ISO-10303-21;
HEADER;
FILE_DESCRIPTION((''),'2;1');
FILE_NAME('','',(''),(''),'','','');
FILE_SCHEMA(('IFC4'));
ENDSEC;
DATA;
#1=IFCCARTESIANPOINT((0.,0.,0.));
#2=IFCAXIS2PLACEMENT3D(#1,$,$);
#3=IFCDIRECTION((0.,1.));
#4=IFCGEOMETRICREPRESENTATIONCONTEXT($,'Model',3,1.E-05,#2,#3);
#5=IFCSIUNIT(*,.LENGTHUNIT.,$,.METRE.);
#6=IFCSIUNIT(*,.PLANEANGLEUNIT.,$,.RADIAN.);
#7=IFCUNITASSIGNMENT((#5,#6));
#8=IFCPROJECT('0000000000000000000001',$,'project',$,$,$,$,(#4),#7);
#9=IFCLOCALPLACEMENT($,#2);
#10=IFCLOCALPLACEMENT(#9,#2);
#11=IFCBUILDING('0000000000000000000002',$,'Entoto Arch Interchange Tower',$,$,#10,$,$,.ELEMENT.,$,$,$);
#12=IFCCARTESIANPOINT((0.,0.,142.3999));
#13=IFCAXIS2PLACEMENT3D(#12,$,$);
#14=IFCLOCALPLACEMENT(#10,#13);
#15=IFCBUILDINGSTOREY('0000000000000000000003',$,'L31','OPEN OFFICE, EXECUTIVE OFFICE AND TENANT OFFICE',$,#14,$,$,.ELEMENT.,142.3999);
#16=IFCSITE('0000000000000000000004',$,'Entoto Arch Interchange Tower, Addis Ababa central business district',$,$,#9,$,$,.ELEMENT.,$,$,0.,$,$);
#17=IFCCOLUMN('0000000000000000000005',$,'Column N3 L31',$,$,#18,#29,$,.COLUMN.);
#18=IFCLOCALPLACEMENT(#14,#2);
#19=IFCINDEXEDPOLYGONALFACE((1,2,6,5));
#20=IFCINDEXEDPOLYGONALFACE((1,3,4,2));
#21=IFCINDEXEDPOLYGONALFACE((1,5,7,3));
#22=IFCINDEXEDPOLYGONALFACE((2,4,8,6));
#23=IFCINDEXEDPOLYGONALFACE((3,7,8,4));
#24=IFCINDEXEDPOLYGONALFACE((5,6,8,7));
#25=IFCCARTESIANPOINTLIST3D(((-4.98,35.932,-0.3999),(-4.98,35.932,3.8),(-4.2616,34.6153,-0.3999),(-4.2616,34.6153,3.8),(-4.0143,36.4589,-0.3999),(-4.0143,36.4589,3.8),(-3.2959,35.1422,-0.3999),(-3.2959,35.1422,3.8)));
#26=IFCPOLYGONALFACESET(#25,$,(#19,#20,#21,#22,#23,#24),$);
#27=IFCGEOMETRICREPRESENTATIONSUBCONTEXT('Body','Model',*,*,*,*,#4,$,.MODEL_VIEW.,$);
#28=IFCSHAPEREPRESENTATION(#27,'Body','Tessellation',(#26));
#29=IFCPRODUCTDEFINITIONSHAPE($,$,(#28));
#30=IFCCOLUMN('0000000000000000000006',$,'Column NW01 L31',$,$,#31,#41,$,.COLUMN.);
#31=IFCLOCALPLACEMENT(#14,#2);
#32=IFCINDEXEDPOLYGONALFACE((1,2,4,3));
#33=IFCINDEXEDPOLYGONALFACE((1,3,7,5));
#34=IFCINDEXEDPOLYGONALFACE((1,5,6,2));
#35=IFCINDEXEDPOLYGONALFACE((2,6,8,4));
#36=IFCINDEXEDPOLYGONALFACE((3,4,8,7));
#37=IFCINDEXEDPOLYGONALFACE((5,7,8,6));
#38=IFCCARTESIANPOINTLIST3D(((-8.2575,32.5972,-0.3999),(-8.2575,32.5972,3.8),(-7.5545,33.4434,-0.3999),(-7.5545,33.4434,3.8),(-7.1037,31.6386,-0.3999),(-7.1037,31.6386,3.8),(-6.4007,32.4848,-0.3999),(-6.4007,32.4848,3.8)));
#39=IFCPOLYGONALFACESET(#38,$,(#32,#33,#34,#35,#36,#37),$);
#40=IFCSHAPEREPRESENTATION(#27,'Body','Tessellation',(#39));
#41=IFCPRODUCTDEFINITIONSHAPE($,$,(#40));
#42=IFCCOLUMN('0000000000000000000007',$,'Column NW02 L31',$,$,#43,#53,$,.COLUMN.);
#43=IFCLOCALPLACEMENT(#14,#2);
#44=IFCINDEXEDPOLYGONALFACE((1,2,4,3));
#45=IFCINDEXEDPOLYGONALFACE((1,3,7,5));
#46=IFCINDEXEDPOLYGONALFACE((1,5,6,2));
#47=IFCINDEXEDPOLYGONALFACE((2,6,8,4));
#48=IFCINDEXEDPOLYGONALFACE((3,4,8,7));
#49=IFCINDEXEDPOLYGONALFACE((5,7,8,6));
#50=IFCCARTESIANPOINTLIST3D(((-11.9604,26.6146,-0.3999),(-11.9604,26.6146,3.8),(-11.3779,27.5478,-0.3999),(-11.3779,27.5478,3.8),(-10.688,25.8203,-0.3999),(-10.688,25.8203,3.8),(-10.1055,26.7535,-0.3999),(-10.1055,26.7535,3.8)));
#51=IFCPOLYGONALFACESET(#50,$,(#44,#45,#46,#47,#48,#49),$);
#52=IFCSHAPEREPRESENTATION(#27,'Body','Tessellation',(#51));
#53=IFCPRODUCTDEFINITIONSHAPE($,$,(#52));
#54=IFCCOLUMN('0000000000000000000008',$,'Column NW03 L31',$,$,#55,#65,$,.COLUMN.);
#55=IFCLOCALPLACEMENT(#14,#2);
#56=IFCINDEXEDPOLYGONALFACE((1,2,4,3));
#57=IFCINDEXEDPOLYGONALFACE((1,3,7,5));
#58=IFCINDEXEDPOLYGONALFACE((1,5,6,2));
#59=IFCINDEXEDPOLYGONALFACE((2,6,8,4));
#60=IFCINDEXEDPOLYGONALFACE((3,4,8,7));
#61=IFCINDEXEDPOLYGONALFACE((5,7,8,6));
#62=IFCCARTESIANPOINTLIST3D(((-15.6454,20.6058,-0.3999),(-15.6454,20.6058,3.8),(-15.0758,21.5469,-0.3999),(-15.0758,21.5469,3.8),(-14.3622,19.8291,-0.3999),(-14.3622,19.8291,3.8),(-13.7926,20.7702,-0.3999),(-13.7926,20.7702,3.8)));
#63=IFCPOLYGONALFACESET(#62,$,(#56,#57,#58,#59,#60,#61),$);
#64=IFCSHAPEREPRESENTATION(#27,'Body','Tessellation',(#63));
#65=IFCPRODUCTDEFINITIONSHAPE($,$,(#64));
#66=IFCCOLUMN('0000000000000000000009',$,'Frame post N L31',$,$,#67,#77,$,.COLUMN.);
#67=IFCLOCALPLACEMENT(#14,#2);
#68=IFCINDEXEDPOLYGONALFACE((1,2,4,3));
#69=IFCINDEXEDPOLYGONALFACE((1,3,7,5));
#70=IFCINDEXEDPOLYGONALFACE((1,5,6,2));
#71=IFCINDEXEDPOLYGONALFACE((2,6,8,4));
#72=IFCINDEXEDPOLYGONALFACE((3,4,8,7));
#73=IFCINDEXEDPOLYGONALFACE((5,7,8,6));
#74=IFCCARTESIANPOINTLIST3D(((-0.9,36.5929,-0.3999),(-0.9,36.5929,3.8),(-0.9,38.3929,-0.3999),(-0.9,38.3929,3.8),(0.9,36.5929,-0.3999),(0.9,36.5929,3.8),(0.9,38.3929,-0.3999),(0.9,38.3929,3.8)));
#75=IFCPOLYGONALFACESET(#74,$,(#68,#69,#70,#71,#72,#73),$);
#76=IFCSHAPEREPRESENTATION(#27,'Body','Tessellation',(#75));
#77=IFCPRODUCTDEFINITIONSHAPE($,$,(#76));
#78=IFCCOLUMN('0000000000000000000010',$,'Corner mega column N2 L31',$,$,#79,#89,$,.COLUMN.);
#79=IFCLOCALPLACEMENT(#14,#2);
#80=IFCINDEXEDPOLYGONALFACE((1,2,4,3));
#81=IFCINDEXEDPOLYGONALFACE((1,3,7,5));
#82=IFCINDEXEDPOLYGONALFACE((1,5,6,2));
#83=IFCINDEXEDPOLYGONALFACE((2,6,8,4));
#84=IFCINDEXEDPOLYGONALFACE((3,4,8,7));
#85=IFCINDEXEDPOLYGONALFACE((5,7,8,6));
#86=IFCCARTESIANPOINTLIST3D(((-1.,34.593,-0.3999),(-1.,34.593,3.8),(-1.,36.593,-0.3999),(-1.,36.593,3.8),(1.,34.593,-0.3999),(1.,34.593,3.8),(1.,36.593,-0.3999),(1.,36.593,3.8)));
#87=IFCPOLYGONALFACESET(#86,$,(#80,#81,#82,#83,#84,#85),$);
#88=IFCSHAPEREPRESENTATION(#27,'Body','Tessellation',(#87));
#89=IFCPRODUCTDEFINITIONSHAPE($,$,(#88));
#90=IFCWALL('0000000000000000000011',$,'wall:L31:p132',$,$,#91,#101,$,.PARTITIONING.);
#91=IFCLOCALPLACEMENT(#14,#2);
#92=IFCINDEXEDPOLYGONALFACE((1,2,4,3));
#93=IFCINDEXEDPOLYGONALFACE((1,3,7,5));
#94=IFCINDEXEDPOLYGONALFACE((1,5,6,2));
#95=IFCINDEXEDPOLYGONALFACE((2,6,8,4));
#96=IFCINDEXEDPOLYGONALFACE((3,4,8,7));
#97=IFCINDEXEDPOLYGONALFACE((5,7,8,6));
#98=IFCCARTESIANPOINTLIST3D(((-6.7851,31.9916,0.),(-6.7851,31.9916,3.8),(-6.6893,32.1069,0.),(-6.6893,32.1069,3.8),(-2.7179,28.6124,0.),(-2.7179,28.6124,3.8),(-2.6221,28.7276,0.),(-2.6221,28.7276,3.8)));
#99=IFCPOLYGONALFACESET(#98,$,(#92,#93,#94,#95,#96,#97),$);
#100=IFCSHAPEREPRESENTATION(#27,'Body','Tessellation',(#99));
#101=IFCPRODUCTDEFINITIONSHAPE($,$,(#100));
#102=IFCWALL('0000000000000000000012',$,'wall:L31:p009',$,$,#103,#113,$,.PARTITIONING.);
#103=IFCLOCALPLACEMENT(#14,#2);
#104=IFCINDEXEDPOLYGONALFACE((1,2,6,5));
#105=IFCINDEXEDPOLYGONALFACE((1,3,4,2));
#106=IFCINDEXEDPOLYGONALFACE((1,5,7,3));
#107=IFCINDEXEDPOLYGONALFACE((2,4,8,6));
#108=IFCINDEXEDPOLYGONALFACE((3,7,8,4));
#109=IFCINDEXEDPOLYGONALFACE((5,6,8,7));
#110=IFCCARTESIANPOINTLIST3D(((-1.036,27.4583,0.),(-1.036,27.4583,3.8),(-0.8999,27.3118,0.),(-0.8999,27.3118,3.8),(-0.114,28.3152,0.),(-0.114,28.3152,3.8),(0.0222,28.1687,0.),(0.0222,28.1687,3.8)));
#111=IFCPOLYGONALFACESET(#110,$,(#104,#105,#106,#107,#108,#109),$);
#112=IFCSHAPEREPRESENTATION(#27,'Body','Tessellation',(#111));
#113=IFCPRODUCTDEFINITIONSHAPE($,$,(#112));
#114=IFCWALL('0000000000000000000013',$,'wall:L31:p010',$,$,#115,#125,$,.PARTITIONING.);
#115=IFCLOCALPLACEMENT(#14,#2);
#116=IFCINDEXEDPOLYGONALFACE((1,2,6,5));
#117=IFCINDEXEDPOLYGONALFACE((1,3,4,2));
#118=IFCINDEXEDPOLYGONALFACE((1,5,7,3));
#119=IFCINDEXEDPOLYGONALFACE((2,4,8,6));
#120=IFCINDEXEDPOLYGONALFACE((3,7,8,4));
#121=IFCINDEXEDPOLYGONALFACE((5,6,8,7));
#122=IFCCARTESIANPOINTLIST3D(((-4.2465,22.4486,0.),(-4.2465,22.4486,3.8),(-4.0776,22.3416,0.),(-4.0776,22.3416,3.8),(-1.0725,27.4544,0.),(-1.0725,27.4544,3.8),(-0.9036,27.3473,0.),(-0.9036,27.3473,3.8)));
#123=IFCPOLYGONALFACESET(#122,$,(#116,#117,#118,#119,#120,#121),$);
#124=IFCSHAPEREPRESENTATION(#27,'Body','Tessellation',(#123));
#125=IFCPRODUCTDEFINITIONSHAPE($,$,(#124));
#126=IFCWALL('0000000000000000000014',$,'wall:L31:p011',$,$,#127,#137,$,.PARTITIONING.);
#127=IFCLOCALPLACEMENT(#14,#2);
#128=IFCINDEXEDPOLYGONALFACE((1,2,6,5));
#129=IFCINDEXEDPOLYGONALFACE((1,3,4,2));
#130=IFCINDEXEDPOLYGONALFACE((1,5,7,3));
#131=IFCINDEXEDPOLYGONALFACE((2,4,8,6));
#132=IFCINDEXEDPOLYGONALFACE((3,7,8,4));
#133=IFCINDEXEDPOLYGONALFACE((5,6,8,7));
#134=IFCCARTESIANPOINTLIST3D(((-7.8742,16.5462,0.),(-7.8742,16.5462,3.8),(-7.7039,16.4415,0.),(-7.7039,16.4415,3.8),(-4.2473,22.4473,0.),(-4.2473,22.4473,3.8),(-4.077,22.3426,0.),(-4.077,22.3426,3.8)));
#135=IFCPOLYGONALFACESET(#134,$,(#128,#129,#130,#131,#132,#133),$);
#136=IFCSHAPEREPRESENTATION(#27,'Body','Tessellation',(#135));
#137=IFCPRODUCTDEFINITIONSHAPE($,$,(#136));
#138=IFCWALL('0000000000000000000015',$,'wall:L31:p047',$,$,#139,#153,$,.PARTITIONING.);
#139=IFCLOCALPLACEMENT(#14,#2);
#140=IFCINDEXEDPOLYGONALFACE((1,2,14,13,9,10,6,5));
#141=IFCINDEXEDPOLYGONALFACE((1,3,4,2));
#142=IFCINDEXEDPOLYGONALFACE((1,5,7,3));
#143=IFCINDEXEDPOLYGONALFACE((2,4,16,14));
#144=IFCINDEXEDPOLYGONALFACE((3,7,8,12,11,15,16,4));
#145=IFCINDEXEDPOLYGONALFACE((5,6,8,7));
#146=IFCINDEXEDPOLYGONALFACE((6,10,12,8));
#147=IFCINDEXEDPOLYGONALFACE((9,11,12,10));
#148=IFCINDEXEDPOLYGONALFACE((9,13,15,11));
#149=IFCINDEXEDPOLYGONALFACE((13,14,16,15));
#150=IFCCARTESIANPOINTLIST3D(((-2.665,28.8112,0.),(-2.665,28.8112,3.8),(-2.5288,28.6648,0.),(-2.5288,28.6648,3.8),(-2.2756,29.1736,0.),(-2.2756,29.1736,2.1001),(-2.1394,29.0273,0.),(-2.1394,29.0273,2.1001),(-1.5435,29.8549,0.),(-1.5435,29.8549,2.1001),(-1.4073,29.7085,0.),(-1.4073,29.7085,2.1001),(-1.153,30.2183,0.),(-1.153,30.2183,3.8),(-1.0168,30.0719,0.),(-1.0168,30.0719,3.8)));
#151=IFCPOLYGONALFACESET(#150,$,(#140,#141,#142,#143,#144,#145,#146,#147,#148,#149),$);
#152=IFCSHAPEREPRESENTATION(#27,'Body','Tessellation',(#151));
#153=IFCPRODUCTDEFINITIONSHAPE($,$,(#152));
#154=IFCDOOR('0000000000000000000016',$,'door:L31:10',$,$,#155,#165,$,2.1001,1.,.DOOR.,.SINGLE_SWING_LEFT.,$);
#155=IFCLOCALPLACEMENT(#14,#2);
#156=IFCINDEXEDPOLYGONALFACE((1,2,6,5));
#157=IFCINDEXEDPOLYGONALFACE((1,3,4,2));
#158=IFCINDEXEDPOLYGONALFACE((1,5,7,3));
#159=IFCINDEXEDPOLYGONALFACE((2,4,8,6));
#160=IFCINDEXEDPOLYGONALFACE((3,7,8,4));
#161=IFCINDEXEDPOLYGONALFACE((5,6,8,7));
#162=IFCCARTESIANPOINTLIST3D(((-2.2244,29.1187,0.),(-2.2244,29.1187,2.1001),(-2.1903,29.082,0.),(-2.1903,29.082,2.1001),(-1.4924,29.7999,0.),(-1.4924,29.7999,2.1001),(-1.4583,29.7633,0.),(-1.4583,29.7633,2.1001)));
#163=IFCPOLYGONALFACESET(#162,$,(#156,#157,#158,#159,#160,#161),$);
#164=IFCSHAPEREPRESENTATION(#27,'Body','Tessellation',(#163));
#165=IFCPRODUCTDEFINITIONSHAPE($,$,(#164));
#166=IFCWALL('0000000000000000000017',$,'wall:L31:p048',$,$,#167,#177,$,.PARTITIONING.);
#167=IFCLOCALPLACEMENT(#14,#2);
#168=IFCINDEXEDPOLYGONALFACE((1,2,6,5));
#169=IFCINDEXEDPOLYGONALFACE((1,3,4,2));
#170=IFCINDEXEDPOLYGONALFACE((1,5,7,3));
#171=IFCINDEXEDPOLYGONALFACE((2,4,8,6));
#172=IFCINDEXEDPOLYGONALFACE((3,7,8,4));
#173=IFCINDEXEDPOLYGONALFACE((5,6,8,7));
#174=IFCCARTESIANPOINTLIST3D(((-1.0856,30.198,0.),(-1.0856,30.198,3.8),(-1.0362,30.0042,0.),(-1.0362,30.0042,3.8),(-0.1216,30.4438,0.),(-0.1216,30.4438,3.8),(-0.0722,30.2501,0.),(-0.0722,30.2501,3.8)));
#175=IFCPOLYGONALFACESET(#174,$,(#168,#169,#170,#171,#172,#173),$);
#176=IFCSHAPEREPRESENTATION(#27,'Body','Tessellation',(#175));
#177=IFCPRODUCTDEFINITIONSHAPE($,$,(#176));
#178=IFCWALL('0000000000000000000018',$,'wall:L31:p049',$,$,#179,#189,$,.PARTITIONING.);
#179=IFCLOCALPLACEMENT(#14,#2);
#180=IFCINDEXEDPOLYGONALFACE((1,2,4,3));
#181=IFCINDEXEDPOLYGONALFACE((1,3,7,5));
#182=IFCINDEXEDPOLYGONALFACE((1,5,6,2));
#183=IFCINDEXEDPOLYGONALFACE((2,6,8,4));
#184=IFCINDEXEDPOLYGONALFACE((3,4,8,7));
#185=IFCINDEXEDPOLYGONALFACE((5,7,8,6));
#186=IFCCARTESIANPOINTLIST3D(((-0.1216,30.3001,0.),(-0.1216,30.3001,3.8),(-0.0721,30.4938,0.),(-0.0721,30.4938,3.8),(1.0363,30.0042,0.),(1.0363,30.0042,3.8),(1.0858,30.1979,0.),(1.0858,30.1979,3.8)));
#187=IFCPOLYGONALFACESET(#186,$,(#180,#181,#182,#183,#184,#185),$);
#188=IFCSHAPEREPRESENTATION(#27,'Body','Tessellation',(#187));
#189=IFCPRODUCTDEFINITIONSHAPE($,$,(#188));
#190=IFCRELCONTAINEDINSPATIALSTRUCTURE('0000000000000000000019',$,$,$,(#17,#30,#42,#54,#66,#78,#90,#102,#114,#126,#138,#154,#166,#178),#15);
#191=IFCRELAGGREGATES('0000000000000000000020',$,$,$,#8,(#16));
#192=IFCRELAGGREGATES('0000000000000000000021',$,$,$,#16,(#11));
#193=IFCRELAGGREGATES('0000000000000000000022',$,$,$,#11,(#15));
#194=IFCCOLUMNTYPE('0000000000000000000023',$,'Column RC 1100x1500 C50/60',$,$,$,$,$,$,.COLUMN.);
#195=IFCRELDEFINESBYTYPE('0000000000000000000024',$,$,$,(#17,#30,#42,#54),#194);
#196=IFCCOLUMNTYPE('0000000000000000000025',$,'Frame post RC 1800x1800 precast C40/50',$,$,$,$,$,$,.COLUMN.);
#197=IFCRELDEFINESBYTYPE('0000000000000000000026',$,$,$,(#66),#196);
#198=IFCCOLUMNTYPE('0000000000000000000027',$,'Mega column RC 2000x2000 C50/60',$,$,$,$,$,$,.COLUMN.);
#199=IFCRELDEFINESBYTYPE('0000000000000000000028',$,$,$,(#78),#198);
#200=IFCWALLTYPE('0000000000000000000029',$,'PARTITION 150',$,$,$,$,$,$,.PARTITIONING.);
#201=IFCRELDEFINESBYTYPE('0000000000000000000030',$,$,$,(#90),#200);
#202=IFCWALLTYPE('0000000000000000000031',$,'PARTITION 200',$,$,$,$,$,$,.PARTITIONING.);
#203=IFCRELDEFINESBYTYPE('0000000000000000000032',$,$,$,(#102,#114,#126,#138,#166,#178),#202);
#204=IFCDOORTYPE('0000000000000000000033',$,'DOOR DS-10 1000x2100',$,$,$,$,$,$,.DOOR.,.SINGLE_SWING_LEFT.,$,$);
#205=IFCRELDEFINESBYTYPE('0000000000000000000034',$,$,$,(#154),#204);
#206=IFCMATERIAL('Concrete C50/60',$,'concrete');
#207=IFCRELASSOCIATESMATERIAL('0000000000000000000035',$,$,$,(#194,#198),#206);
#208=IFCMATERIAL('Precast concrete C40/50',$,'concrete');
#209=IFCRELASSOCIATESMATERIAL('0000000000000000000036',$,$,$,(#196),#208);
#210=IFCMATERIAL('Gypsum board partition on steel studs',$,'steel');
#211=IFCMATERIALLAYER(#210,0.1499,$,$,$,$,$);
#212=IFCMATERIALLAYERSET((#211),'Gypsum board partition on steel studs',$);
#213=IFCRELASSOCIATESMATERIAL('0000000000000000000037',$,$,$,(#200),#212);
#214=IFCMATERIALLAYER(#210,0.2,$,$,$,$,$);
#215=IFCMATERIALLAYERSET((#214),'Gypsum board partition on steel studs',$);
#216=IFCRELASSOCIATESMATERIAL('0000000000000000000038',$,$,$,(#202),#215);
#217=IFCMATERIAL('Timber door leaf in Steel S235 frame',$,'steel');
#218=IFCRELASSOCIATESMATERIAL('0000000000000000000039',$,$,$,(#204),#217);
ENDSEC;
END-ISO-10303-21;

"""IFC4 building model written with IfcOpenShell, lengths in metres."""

from ifc_helpers import new_model, si_unit, direction, frame, frame_2d, origin, origin_2d, place, context, subcontext, project, spatial, rectangle, extrude, material, layer, layer_set, material_profile, profile_set, type_object, element, fill, save


model = new_model("IFC4")

# Units and contexts
model_context = context("Model", 3, precision=1e-05, world=origin(), true_north=direction((0.0, 1.0)))
body_context = subcontext(model_context, "Body", "Model", "MODEL_VIEW")
ifc_project = project(units=[si_unit("LENGTHUNIT", "METRE"), si_unit("PLANEANGLEUNIT", "RADIAN")], contexts=[model_context])

# Site, building, storey
site_placement = place(None, origin())
site = spatial("IfcSite", under=ifc_project, at=site_placement, Name="Entoto Arch Interchange Tower, Addis Ababa central business district", CompositionType="ELEMENT", RefElevation=0.0)
building_placement = place(site_placement, origin())
building = spatial("IfcBuilding", under=site, at=building_placement, Name="Entoto Arch Interchange Tower", CompositionType="ELEMENT")
storey_placement = place(building_placement, frame((0.0, 0.0, 142.3999)))
storey = spatial("IfcBuildingStorey", under=building, at=storey_placement, Name="L31", Description="OPEN OFFICE, EXECUTIVE OFFICE AND TENANT OFFICE", CompositionType="ELEMENT", Elevation=142.3999)

# Columns
ifc_material_1 = material(Name="Concrete C50/60", Category="concrete")
ifc_material_profile_1 = material_profile(ifc_material_1, rectangle(XDim=1.1001, YDim=1.5, at=origin_2d()))
ifc_profile_set_1 = profile_set([ifc_material_profile_1], Name="Concrete C50/60")
column_type_1 = type_object("IfcColumnType", Name="Column RC 1100x1500 C50/60", PredefinedType="COLUMN", material=ifc_profile_set_1)
for number, where, z_axis, x_axis, name in (
    (1, (-4.1379, 35.5371, -0.3999), (0.0, 0.0, 1.0), (0.877833, 0.478968, 0.0), "Column N3 L31"),
    (2, (-7.3291, 32.541, -0.3999), (0.0, 0.0, 1.0), (0.63905, 0.769165, 0.0), "Column NW01 L31"),
    (3, (-11.033, 26.6841, -0.3999), (0.0, 0.0, 1.0), (0.529549, 0.848279, 0.0), "Column NW02 L31"),
    (4, (-14.719, 20.688, -0.3999), (0.0, 0.0, 1.0), (0.517803, 0.8555, 0.0), "Column NW03 L31"),
):
    element("IfcColumn", number, at=place(storey_placement, frame(where, z_axis=z_axis, x_axis=x_axis)), inside=storey, type_object=column_type_1, Name=name, PredefinedType="COLUMN", context=body_context, shape_type="SweptSolid", body=[
        extrude(rectangle(XDim=1.1001, YDim=1.5, at=origin_2d()), origin(), (0.0, 0.0, 1.0), 4.2),
    ])
ifc_material_2 = material(Name="Precast concrete C40/50", Category="concrete")
ifc_material_profile_2 = material_profile(ifc_material_2, rectangle(XDim=1.8, YDim=1.8, at=origin_2d()))
ifc_profile_set_2 = profile_set([ifc_material_profile_2], Name="Precast concrete C40/50")
column_type_2 = type_object("IfcColumnType", Name="Frame post RC 1800x1800 precast C40/50", PredefinedType="COLUMN", material=ifc_profile_set_2)
column_1_placement = place(storey_placement, frame((0.0, 37.4929, -0.3999), z_axis=(0.0, 0.0, 1.0), x_axis=(0.0, 1.0, 0.0)))
element("IfcColumn", 5, at=column_1_placement, inside=storey, type_object=column_type_2, Name="Frame post N L31", PredefinedType="COLUMN", context=body_context, shape_type="SweptSolid", body=[
    extrude(rectangle(XDim=1.8, YDim=1.8, at=origin_2d()), origin(), (0.0, 0.0, 1.0), 4.2),
])
ifc_material_profile_3 = material_profile(ifc_material_1, rectangle(XDim=2.0, YDim=2.0, at=origin_2d()))
ifc_profile_set_3 = profile_set([ifc_material_profile_3], Name="Concrete C50/60")
column_type_3 = type_object("IfcColumnType", Name="Mega column RC 2000x2000 C50/60", PredefinedType="COLUMN", material=ifc_profile_set_3)
column_2_placement = place(storey_placement, frame((0.0, 35.593, -0.3999), z_axis=(0.0, 0.0, 1.0), x_axis=(0.0, 1.0, 0.0)))
element("IfcColumn", 6, at=column_2_placement, inside=storey, type_object=column_type_3, Name="Corner mega column N2 L31", PredefinedType="COLUMN", context=body_context, shape_type="SweptSolid", body=[
    extrude(rectangle(XDim=2.0, YDim=2.0, at=origin_2d()), origin(), (0.0, 0.0, 1.0), 4.2),
])

# Walls
ifc_material_3 = material(Name="Gypsum board partition on steel studs", Category="steel")
ifc_layer_1 = layer(ifc_material_3, 0.1499)
ifc_layer_set_1 = layer_set([ifc_layer_1], Name="Gypsum board partition on steel studs")
wall_type_1 = type_object("IfcWallType", Name="PARTITION 150", PredefinedType="PARTITIONING", material=ifc_layer_set_1)
wall_1_placement = place(storey_placement, frame((-2.6699, 28.6699, 0.0), z_axis=(0.0, 0.0, 1.0), x_axis=(-0.769163, 0.639053, 0.0)))
element("IfcWall", 7, at=wall_1_placement, inside=storey, type_object=wall_type_1, Name="wall:L31:p132", PredefinedType="PARTITIONING", context=body_context, shape_type="SweptSolid", body=[
    extrude(rectangle(XDim=5.2878, YDim=0.1499, at=frame_2d((2.644, 0.0))), origin(), (0.0, 0.0, 1.0), 3.8),
])
ifc_layer_2 = layer(ifc_material_3, 0.2)
ifc_layer_set_2 = layer_set([ifc_layer_2], Name="Gypsum board partition on steel studs")
wall_type_2 = type_object("IfcWallType", Name="PARTITION 200", PredefinedType="PARTITIONING", material=ifc_layer_set_2)
wall_2_placement = place(storey_placement, frame((-0.0459, 28.2419, 0.0), z_axis=(0.0, 0.0, 1.0), x_axis=(-0.732524, -0.680741, 0.0)))
element("IfcWall", 8, at=wall_2_placement, inside=storey, type_object=wall_type_2, Name="wall:L31:p009", PredefinedType="PARTITIONING", context=body_context, shape_type="SweptSolid", body=[
    extrude(rectangle(XDim=1.2588, YDim=0.2, at=frame_2d((0.6294, 0.0))), origin(), (0.0, 0.0, 1.0), 3.8),
])
wall_3_placement = place(storey_placement, frame((-0.988, 27.4009, 0.0), z_axis=(0.0, 0.0, 1.0), x_axis=(-0.535497, -0.844537, 0.0)))
element("IfcWall", 9, at=wall_3_placement, inside=storey, type_object=wall_type_2, Name="wall:L31:p010", PredefinedType="PARTITIONING", context=body_context, shape_type="SweptSolid", body=[
    extrude(rectangle(XDim=5.9272, YDim=0.2, at=frame_2d((2.9636, 0.0))), origin(), (0.0, 0.0, 1.0), 3.8),
])
wall_4_placement = place(storey_placement, frame((-4.1621, 22.395, 0.0), z_axis=(0.0, 0.0, 1.0), x_axis=(-0.523625, -0.851949, 0.0)))
element("IfcWall", 10, at=wall_4_placement, inside=storey, type_object=wall_type_2, Name="wall:L31:p011", PredefinedType="PARTITIONING", context=body_context, shape_type="SweptSolid", body=[
    extrude(rectangle(XDim=6.9265, YDim=0.2, at=frame_2d((3.4634, 0.0))), origin(), (0.0, 0.0, 1.0), 3.8),
])

# Wall, opening, door
wall_5_placement = place(storey_placement, frame((-2.5969, 28.738, 0.0), z_axis=(0.0, 0.0, 1.0), x_axis=(0.732065, 0.681235, 0.0)))
wall_5 = element("IfcWall", 11, at=wall_5_placement, inside=storey, type_object=wall_type_2, Name="wall:L31:p047", PredefinedType="PARTITIONING", context=body_context, shape_type="SweptSolid", body=[
    extrude(rectangle(XDim=2.0654, YDim=0.2, at=frame_2d((1.0327, 0.0))), origin(), (0.0, 0.0, 1.0), 3.8),
])
opening_1_placement = place(wall_5_placement, frame((0.532, 0.0, 0.0)))
opening_1 = element("IfcOpeningElement", 12, at=opening_1_placement, cuts=wall_5, PredefinedType="OPENING", context=body_context, shape_type="SweptSolid", body=[
    extrude(rectangle(XDim=1.0, YDim=2.1001, at=frame_2d((0.5, 1.05))), frame((0.0, 0.1099, 0.0), z_axis=(0.0, -1.0, 0.0), x_axis=(1.0, 0.0, 0.0)), (0.0, 0.0, 1.0), 0.22),
])
ifc_material_4 = material(Name="Timber door leaf in Steel S235 frame", Category="steel")
door_type = type_object("IfcDoorType", Name="DOOR DS-10 1000x2100", OperationType="SINGLE_SWING_LEFT", PredefinedType="DOOR", material=ifc_material_4)
door_1_placement = place(opening_1_placement, origin())
door_1 = element("IfcDoor", 13, at=door_1_placement, inside=storey, type_object=door_type, Name="door:L31:10", OperationType="SINGLE_SWING_LEFT", OverallHeight=2.1001, OverallWidth=1.0, PredefinedType="DOOR", context=body_context, shape_type="SweptSolid", body=[
    extrude(rectangle(XDim=1.0, YDim=2.1001, at=frame_2d((0.5, 1.05))), frame((0.0, 0.0249, 0.0), z_axis=(0.0, -1.0, 0.0), x_axis=(1.0, 0.0, 0.0)), (0.0, 0.0, 1.0), 0.05),
])
fill(opening_1, door_1)

# Walls
wall_6_placement = place(storey_placement, frame((-1.061, 30.1011, 0.0), z_axis=(0.0, 0.0, 1.0), x_axis=(0.968991, 0.247094, 0.0)))
element("IfcWall", 14, at=wall_6_placement, inside=storey, type_object=wall_type_2, Name="wall:L31:p048", PredefinedType="PARTITIONING", context=body_context, shape_type="SweptSolid", body=[
    extrude(rectangle(XDim=0.9949, YDim=0.2, at=frame_2d((0.4976, 0.0))), origin(), (0.0, 0.0, 1.0), 3.8),
])
wall_7_placement = place(storey_placement, frame((-0.0969, 30.397, 0.0), z_axis=(0.0, 0.0, 1.0), x_axis=(0.968868, -0.247579, 0.0)))
element("IfcWall", 15, at=wall_7_placement, inside=storey, type_object=wall_type_2, Name="wall:L31:p049", PredefinedType="PARTITIONING", context=body_context, shape_type="SweptSolid", body=[
    extrude(rectangle(XDim=1.1951, YDim=0.2, at=frame_2d((0.5977, 0.0))), origin(), (0.0, 0.0, 1.0), 3.8),
])

save(model, "model.ifc")
